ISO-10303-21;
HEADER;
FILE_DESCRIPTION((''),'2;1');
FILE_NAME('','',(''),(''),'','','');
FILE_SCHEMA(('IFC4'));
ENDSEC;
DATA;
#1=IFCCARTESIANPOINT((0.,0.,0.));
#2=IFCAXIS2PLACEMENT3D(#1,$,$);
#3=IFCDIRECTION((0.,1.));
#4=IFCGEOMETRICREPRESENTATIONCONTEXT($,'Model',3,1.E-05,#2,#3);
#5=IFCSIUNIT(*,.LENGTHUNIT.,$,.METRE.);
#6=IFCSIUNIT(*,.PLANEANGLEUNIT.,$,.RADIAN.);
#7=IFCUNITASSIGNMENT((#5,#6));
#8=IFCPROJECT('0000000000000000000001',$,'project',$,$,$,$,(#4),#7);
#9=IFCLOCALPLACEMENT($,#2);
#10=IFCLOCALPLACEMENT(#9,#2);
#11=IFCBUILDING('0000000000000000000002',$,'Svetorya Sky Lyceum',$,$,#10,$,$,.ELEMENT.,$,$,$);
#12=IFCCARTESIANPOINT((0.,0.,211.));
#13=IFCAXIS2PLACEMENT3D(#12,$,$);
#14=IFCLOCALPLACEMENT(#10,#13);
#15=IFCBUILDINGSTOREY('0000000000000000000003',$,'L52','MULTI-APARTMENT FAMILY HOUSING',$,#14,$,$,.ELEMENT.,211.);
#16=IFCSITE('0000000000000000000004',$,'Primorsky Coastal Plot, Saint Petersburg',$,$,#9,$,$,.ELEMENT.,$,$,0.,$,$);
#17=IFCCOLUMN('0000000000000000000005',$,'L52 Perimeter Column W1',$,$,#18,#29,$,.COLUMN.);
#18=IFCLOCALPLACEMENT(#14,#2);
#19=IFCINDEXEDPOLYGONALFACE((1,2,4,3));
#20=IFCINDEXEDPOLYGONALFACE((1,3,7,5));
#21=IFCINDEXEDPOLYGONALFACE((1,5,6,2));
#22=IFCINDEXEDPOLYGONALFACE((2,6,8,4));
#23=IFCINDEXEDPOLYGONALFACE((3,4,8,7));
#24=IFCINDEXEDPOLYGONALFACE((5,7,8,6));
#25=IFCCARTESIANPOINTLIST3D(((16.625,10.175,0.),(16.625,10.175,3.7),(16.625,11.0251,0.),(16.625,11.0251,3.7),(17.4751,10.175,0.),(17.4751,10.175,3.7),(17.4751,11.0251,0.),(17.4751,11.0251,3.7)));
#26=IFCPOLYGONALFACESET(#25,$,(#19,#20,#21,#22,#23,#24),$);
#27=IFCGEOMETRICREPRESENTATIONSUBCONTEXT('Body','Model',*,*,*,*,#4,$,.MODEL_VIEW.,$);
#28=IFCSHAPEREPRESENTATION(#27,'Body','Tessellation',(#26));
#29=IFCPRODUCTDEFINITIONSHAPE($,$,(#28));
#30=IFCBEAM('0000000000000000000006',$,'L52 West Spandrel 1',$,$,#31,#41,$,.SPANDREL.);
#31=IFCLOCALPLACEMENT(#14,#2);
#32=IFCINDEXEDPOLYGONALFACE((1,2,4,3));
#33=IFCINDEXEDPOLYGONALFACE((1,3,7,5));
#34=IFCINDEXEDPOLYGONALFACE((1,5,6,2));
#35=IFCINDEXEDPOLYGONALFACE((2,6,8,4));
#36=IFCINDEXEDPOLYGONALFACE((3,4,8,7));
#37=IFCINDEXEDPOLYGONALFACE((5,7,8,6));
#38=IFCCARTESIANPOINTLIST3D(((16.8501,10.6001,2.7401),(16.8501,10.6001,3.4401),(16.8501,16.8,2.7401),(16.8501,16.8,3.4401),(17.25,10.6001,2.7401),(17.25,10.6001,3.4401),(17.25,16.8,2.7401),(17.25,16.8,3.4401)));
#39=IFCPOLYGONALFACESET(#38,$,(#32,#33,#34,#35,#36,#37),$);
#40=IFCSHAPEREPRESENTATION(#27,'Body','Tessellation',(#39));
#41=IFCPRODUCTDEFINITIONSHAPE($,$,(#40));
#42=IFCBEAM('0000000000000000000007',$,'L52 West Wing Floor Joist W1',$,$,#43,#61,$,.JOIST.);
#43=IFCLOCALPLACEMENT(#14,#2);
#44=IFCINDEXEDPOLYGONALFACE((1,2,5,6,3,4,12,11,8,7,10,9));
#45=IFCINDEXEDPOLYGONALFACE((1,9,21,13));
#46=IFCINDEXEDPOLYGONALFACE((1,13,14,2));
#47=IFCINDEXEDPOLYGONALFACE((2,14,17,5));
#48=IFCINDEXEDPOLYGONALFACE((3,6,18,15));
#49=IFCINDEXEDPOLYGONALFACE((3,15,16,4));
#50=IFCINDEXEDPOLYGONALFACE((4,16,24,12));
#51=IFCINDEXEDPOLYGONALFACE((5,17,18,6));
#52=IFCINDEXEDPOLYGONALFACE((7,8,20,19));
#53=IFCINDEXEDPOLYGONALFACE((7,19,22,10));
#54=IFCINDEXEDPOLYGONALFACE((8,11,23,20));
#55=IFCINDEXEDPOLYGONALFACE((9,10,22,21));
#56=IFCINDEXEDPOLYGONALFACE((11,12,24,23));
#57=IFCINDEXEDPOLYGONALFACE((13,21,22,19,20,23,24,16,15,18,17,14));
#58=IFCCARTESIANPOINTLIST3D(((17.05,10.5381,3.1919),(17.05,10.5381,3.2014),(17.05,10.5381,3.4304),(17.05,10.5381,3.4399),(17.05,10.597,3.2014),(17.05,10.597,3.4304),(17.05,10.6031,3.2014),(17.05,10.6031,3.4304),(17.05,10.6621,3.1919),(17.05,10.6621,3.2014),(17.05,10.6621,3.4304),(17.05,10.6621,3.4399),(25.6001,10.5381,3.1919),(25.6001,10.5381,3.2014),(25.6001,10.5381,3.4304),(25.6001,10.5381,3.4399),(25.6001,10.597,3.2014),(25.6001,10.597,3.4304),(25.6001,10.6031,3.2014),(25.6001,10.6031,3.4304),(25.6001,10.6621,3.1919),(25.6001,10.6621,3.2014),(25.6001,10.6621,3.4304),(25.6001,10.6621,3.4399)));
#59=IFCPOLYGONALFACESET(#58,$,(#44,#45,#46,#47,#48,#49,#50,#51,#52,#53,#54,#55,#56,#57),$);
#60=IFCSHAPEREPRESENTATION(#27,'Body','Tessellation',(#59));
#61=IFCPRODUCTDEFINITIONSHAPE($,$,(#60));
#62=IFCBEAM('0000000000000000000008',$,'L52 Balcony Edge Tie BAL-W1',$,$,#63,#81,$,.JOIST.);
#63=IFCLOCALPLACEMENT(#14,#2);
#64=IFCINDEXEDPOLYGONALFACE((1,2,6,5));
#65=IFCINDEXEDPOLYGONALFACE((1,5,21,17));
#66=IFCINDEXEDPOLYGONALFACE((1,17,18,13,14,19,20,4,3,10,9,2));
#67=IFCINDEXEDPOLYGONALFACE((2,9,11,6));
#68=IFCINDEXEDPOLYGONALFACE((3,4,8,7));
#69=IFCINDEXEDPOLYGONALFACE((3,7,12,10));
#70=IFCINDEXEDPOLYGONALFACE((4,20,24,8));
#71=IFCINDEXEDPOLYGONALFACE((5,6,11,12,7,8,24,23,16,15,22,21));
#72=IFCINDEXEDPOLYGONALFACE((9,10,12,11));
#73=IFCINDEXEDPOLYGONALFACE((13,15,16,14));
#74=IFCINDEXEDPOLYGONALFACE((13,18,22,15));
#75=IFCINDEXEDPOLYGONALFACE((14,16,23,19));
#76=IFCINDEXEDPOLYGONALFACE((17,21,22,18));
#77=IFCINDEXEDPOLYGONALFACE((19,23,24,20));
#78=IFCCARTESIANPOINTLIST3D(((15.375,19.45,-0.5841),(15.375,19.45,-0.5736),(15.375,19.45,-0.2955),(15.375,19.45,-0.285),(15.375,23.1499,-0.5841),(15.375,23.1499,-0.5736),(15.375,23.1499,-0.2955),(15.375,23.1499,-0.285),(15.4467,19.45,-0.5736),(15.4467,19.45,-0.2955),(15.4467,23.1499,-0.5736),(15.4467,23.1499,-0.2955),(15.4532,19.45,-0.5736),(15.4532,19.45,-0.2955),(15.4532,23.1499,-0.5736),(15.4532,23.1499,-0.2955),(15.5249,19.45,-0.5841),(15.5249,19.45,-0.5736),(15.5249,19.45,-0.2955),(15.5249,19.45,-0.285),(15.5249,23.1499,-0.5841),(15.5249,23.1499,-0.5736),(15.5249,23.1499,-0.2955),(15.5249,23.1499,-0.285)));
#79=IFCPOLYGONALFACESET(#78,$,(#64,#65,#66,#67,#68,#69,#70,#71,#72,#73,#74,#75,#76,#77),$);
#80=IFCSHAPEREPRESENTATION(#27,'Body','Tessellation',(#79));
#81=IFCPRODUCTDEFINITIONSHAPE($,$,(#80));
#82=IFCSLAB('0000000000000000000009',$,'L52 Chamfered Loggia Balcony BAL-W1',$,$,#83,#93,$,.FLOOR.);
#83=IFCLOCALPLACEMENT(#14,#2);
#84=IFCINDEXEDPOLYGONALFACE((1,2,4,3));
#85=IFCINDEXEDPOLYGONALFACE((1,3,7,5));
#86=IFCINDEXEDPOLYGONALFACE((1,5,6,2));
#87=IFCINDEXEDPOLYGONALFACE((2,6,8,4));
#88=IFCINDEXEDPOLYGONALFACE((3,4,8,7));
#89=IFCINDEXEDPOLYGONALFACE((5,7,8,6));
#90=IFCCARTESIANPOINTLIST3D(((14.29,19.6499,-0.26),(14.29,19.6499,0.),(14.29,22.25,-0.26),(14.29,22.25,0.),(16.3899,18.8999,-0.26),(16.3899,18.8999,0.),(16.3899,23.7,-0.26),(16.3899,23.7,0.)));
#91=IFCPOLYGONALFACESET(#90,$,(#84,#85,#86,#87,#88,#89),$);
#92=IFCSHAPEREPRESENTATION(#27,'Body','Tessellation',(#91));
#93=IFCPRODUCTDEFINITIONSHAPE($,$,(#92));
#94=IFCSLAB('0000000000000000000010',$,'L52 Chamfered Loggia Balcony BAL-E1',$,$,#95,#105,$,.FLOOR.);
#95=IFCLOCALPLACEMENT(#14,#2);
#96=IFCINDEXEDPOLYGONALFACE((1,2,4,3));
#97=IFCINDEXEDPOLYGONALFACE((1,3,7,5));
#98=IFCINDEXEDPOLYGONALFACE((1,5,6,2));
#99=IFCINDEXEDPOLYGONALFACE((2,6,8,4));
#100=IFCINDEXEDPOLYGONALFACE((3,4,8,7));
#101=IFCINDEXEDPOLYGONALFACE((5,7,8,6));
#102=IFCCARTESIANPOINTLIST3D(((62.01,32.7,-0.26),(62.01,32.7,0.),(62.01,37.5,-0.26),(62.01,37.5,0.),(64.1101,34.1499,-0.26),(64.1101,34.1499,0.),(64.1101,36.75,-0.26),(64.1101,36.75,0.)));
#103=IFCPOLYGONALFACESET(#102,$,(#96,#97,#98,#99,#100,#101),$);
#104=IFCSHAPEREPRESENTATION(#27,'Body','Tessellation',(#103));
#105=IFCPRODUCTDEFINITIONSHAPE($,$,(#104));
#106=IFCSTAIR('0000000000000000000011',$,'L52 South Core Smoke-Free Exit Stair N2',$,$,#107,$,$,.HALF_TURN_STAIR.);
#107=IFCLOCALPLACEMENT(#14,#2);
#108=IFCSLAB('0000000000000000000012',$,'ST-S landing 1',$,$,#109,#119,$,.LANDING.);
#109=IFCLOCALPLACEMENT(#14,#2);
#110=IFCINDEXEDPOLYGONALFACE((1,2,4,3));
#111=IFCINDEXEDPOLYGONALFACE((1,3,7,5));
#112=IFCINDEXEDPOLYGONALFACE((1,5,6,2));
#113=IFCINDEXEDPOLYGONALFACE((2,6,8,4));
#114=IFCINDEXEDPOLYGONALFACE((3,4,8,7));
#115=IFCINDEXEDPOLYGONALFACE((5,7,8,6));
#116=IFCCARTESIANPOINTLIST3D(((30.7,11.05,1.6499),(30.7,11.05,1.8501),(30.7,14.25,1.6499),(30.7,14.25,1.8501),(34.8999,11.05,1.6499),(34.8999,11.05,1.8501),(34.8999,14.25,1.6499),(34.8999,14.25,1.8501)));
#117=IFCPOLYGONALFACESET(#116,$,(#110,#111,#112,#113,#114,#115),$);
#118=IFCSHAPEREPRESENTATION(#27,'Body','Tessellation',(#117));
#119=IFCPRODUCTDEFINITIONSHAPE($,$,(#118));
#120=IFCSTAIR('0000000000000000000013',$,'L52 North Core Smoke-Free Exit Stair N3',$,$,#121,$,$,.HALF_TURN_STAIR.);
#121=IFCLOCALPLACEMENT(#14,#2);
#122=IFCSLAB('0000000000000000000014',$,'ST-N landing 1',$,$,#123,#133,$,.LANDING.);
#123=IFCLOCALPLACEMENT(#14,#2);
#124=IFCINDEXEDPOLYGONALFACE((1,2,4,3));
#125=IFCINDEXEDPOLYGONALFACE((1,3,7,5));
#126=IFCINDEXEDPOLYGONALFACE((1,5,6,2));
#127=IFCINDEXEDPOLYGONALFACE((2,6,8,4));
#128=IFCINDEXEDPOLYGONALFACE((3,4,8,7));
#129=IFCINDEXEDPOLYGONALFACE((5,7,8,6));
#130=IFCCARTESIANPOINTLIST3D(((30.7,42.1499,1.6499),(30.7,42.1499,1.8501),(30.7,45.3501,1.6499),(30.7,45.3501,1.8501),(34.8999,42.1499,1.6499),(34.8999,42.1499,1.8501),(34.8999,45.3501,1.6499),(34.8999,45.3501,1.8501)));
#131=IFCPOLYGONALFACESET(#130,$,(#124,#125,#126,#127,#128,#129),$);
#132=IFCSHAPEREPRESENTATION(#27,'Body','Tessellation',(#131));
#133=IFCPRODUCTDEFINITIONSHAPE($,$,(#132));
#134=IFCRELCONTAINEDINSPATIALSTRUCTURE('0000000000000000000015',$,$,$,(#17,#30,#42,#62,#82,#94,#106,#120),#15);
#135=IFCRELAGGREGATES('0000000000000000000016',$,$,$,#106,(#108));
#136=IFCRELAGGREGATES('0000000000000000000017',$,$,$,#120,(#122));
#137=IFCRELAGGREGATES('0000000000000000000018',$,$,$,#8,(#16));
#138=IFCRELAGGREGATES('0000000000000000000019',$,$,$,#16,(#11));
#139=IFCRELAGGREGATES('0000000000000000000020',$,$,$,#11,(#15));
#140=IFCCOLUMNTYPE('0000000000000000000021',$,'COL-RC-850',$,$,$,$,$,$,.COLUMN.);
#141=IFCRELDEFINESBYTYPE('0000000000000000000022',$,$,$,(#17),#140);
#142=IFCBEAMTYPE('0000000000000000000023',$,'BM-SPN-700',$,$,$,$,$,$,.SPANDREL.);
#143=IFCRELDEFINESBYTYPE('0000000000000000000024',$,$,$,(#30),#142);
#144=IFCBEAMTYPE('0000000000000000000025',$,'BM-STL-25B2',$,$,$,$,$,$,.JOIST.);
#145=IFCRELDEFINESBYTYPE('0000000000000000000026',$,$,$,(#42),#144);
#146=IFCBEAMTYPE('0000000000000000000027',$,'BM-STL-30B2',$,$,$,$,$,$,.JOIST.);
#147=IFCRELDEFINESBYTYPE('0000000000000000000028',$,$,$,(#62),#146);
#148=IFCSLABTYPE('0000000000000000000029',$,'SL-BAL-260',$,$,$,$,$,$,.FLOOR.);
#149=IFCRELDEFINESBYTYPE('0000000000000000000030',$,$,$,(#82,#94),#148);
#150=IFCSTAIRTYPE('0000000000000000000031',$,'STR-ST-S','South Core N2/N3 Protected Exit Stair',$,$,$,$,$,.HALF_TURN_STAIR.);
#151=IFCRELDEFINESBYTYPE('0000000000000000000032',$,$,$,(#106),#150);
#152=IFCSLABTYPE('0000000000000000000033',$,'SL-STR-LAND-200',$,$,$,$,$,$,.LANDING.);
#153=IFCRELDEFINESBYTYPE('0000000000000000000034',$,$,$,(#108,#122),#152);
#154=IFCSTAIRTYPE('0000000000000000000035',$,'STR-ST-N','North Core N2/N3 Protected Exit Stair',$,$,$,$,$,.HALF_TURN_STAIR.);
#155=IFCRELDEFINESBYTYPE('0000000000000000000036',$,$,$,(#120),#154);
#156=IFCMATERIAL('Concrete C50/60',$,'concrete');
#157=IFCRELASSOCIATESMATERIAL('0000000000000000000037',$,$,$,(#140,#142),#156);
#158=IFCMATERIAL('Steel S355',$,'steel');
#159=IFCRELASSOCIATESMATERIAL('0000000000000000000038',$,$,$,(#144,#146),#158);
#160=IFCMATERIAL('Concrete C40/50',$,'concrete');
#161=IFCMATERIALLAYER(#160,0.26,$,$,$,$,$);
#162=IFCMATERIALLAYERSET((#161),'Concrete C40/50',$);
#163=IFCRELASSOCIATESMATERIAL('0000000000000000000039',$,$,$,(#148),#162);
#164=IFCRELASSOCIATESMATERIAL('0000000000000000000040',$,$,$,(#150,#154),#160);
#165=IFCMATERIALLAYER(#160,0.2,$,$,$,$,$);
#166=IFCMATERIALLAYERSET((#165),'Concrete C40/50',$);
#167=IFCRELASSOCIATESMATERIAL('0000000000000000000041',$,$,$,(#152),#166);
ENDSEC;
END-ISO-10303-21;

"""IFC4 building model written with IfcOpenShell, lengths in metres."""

from ifc_helpers import new_model, si_unit, direction, frame, origin, origin_2d, place, context, subcontext, project, spatial, polyline, rectangle, i_section, outline, extrude, material, layer, layer_set, material_profile, profile_set, type_object, element, aggregate, save


model = new_model("IFC4")

# Units and contexts
model_context = context("Model", 3, precision=1e-05, world=origin(), true_north=direction((0.0, 1.0)))
body_context = subcontext(model_context, "Body", "Model", "MODEL_VIEW")
ifc_project = project(units=[si_unit("LENGTHUNIT", "METRE"), si_unit("PLANEANGLEUNIT", "RADIAN")], contexts=[model_context])

# Site, building, storey
site_placement = place(None, origin())
site = spatial("IfcSite", under=ifc_project, at=site_placement, Name="Primorsky Coastal Plot, Saint Petersburg", CompositionType="ELEMENT", RefElevation=0.0)
building_placement = place(site_placement, origin())
building = spatial("IfcBuilding", under=site, at=building_placement, Name="Svetorya Sky Lyceum", CompositionType="ELEMENT")
storey_placement = place(building_placement, frame((0.0, 0.0, 211.0)))
storey = spatial("IfcBuildingStorey", under=building, at=storey_placement, Name="L52", Description="MULTI-APARTMENT FAMILY HOUSING", CompositionType="ELEMENT", Elevation=211.0)

# Column
ifc_material_1 = material(Name="Concrete C50/60", Category="concrete")
ifc_material_profile_1 = material_profile(ifc_material_1, rectangle(XDim=0.8501, YDim=0.8501, at=origin_2d()), Name="RC COL 850x850")
ifc_profile_set_1 = profile_set([ifc_material_profile_1], Name="Concrete C50/60")
column_type = type_object("IfcColumnType", Name="COL-RC-850", PredefinedType="COLUMN", material=ifc_profile_set_1)
column_placement = place(storey_placement, frame((17.05, 10.6001, 0.0), z_axis=(0.0, 0.0, 1.0), x_axis=(1.0, 0.0, 0.0)))
element("IfcColumn", 1, at=column_placement, inside=storey, type_object=column_type, Name="L52 Perimeter Column W1", PredefinedType="COLUMN", context=body_context, shape_type="SweptSolid", body=[
    extrude(rectangle(XDim=0.8501, YDim=0.8501, at=origin_2d()), origin(), (0.0, 0.0, 1.0), 3.7),
])

# Beams
ifc_material_profile_2 = material_profile(ifc_material_1, rectangle(XDim=0.3999, YDim=0.7, at=origin_2d()), Name="RC SPANDREL 400x700")
ifc_profile_set_2 = profile_set([ifc_material_profile_2], Name="Concrete C50/60")
beam_type_1 = type_object("IfcBeamType", Name="BM-SPN-700", PredefinedType="SPANDREL", material=ifc_profile_set_2)
beam_1_placement = place(storey_placement, frame((17.05, 10.6001, 3.0901), z_axis=(0.0, 1.0, 0.0), x_axis=(-1.0, 0.0, 0.0)))
element("IfcBeam", 2, at=beam_1_placement, inside=storey, type_object=beam_type_1, Name="L52 West Spandrel 1", PredefinedType="SPANDREL", context=body_context, shape_type="SweptSolid", body=[
    extrude(rectangle(XDim=0.3999, YDim=0.7, at=origin_2d()), origin(), (0.0, 0.0, 1.0), 6.2),
])
ifc_material_2 = material(Name="Steel S355", Category="steel")
ifc_material_profile_3 = material_profile(ifc_material_2, i_section(OverallWidth=0.124, OverallDepth=0.248, WebThickness=0.0061, FlangeThickness=0.0095, at=origin_2d()), Name="GOST 25B2")
ifc_profile_set_3 = profile_set([ifc_material_profile_3], Name="Steel S355")
beam_type_2 = type_object("IfcBeamType", Name="BM-STL-25B2", PredefinedType="JOIST", material=ifc_profile_set_3)
beam_2_placement = place(storey_placement, frame((17.05, 10.6001, 3.3159), z_axis=(1.0, 0.0, 0.0), x_axis=(0.0, 1.0, 0.0)))
element("IfcBeam", 3, at=beam_2_placement, inside=storey, type_object=beam_type_2, Name="L52 West Wing Floor Joist W1", PredefinedType="JOIST", context=body_context, shape_type="SweptSolid", body=[
    extrude(i_section(OverallWidth=0.124, OverallDepth=0.248, WebThickness=0.0061, FlangeThickness=0.0095, at=origin_2d()), origin(), (0.0, 0.0, 1.0), 8.55),
])
ifc_material_profile_4 = material_profile(ifc_material_2, i_section(OverallWidth=0.1499, OverallDepth=0.2991, WebThickness=0.0066, FlangeThickness=0.0105, at=origin_2d()), Name="GOST 30B2")
ifc_profile_set_4 = profile_set([ifc_material_profile_4], Name="Steel S355")
beam_type_3 = type_object("IfcBeamType", Name="BM-STL-30B2", PredefinedType="JOIST", material=ifc_profile_set_4)
beam_3_placement = place(storey_placement, frame((15.45, 19.45, -0.4346), z_axis=(0.0, 1.0, 0.0), x_axis=(-1.0, 0.0, 0.0)))
element("IfcBeam", 4, at=beam_3_placement, inside=storey, type_object=beam_type_3, Name="L52 Balcony Edge Tie BAL-W1", PredefinedType="JOIST", context=body_context, shape_type="SweptSolid", body=[
    extrude(i_section(OverallWidth=0.1499, OverallDepth=0.2991, WebThickness=0.0066, FlangeThickness=0.0105, at=origin_2d()), origin(), (0.0, 0.0, 1.0), 3.7),
])

# Slabs
ifc_material_3 = material(Name="Concrete C40/50", Category="concrete")
ifc_layer_1 = layer(ifc_material_3, 0.26)
ifc_layer_set_1 = layer_set([ifc_layer_1], Name="Concrete C40/50")
slab_type_1 = type_object("IfcSlabType", Name="SL-BAL-260", PredefinedType="FLOOR", material=ifc_layer_set_1)
slab_1_placement = place(storey_placement, frame((0.0, 0.0, -0.26)))
element("IfcSlab", 5, at=slab_1_placement, inside=storey, type_object=slab_type_1, Name="L52 Chamfered Loggia Balcony BAL-W1", PredefinedType="FLOOR", context=body_context, shape_type="SweptSolid", body=[
    extrude(outline(polyline([(16.3899, 18.8999), (16.3899, 23.7), (14.29, 22.25), (14.29, 19.6499), (16.3899, 18.8999)])), origin(), (0.0, 0.0, 1.0), 0.26),
])
slab_2_placement = place(storey_placement, frame((0.0, 0.0, -0.26)))
element("IfcSlab", 6, at=slab_2_placement, inside=storey, type_object=slab_type_1, Name="L52 Chamfered Loggia Balcony BAL-E1", PredefinedType="FLOOR", context=body_context, shape_type="SweptSolid", body=[
    extrude(outline(polyline([(62.01, 32.7), (64.1101, 34.1499), (64.1101, 36.75), (62.01, 37.5), (62.01, 32.7)])), origin(), (0.0, 0.0, 1.0), 0.26),
])

# Stairs, slabs
stair_type_1 = type_object("IfcStairType", Name="STR-ST-S", Description="South Core N2/N3 Protected Exit Stair", PredefinedType="HALF_TURN_STAIR", material=ifc_material_3)
stair_1_placement = place(storey_placement, origin())
stair_1 = element("IfcStair", 7, at=stair_1_placement, inside=storey, type_object=stair_type_1, Name="L52 South Core Smoke-Free Exit Stair N2", PredefinedType="HALF_TURN_STAIR")
ifc_layer_2 = layer(ifc_material_3, 0.2)
ifc_layer_set_2 = layer_set([ifc_layer_2], Name="Concrete C40/50")
slab_type_2 = type_object("IfcSlabType", Name="SL-STR-LAND-200", PredefinedType="LANDING", material=ifc_layer_set_2)
slab_3_placement = place(storey_placement, frame((0.0, 0.0, 1.6499)))
slab_3 = element("IfcSlab", 8, at=slab_3_placement, type_object=slab_type_2, Name="ST-S landing 1", PredefinedType="LANDING", context=body_context, shape_type="SweptSolid", body=[
    extrude(outline(polyline([(30.7, 11.05), (34.8999, 11.05), (34.8999, 14.25), (30.7, 14.25), (30.7, 11.05)])), origin(), (0.0, 0.0, 1.0), 0.2002),
])
aggregate(stair_1, [slab_3])
stair_type_2 = type_object("IfcStairType", Name="STR-ST-N", Description="North Core N2/N3 Protected Exit Stair", PredefinedType="HALF_TURN_STAIR", material=ifc_material_3)
stair_2_placement = place(storey_placement, origin())
stair_2 = element("IfcStair", 9, at=stair_2_placement, inside=storey, type_object=stair_type_2, Name="L52 North Core Smoke-Free Exit Stair N3", PredefinedType="HALF_TURN_STAIR")
slab_4_placement = place(storey_placement, frame((0.0, 0.0, 1.6499)))
slab_4 = element("IfcSlab", 10, at=slab_4_placement, type_object=slab_type_2, Name="ST-N landing 1", PredefinedType="LANDING", context=body_context, shape_type="SweptSolid", body=[
    extrude(outline(polyline([(30.7, 42.1499), (34.8999, 42.1499), (34.8999, 45.3501), (30.7, 45.3501), (30.7, 42.1499)])), origin(), (0.0, 0.0, 1.0), 0.2002),
])
aggregate(stair_2, [slab_4])

save(model, "model.ifc")
